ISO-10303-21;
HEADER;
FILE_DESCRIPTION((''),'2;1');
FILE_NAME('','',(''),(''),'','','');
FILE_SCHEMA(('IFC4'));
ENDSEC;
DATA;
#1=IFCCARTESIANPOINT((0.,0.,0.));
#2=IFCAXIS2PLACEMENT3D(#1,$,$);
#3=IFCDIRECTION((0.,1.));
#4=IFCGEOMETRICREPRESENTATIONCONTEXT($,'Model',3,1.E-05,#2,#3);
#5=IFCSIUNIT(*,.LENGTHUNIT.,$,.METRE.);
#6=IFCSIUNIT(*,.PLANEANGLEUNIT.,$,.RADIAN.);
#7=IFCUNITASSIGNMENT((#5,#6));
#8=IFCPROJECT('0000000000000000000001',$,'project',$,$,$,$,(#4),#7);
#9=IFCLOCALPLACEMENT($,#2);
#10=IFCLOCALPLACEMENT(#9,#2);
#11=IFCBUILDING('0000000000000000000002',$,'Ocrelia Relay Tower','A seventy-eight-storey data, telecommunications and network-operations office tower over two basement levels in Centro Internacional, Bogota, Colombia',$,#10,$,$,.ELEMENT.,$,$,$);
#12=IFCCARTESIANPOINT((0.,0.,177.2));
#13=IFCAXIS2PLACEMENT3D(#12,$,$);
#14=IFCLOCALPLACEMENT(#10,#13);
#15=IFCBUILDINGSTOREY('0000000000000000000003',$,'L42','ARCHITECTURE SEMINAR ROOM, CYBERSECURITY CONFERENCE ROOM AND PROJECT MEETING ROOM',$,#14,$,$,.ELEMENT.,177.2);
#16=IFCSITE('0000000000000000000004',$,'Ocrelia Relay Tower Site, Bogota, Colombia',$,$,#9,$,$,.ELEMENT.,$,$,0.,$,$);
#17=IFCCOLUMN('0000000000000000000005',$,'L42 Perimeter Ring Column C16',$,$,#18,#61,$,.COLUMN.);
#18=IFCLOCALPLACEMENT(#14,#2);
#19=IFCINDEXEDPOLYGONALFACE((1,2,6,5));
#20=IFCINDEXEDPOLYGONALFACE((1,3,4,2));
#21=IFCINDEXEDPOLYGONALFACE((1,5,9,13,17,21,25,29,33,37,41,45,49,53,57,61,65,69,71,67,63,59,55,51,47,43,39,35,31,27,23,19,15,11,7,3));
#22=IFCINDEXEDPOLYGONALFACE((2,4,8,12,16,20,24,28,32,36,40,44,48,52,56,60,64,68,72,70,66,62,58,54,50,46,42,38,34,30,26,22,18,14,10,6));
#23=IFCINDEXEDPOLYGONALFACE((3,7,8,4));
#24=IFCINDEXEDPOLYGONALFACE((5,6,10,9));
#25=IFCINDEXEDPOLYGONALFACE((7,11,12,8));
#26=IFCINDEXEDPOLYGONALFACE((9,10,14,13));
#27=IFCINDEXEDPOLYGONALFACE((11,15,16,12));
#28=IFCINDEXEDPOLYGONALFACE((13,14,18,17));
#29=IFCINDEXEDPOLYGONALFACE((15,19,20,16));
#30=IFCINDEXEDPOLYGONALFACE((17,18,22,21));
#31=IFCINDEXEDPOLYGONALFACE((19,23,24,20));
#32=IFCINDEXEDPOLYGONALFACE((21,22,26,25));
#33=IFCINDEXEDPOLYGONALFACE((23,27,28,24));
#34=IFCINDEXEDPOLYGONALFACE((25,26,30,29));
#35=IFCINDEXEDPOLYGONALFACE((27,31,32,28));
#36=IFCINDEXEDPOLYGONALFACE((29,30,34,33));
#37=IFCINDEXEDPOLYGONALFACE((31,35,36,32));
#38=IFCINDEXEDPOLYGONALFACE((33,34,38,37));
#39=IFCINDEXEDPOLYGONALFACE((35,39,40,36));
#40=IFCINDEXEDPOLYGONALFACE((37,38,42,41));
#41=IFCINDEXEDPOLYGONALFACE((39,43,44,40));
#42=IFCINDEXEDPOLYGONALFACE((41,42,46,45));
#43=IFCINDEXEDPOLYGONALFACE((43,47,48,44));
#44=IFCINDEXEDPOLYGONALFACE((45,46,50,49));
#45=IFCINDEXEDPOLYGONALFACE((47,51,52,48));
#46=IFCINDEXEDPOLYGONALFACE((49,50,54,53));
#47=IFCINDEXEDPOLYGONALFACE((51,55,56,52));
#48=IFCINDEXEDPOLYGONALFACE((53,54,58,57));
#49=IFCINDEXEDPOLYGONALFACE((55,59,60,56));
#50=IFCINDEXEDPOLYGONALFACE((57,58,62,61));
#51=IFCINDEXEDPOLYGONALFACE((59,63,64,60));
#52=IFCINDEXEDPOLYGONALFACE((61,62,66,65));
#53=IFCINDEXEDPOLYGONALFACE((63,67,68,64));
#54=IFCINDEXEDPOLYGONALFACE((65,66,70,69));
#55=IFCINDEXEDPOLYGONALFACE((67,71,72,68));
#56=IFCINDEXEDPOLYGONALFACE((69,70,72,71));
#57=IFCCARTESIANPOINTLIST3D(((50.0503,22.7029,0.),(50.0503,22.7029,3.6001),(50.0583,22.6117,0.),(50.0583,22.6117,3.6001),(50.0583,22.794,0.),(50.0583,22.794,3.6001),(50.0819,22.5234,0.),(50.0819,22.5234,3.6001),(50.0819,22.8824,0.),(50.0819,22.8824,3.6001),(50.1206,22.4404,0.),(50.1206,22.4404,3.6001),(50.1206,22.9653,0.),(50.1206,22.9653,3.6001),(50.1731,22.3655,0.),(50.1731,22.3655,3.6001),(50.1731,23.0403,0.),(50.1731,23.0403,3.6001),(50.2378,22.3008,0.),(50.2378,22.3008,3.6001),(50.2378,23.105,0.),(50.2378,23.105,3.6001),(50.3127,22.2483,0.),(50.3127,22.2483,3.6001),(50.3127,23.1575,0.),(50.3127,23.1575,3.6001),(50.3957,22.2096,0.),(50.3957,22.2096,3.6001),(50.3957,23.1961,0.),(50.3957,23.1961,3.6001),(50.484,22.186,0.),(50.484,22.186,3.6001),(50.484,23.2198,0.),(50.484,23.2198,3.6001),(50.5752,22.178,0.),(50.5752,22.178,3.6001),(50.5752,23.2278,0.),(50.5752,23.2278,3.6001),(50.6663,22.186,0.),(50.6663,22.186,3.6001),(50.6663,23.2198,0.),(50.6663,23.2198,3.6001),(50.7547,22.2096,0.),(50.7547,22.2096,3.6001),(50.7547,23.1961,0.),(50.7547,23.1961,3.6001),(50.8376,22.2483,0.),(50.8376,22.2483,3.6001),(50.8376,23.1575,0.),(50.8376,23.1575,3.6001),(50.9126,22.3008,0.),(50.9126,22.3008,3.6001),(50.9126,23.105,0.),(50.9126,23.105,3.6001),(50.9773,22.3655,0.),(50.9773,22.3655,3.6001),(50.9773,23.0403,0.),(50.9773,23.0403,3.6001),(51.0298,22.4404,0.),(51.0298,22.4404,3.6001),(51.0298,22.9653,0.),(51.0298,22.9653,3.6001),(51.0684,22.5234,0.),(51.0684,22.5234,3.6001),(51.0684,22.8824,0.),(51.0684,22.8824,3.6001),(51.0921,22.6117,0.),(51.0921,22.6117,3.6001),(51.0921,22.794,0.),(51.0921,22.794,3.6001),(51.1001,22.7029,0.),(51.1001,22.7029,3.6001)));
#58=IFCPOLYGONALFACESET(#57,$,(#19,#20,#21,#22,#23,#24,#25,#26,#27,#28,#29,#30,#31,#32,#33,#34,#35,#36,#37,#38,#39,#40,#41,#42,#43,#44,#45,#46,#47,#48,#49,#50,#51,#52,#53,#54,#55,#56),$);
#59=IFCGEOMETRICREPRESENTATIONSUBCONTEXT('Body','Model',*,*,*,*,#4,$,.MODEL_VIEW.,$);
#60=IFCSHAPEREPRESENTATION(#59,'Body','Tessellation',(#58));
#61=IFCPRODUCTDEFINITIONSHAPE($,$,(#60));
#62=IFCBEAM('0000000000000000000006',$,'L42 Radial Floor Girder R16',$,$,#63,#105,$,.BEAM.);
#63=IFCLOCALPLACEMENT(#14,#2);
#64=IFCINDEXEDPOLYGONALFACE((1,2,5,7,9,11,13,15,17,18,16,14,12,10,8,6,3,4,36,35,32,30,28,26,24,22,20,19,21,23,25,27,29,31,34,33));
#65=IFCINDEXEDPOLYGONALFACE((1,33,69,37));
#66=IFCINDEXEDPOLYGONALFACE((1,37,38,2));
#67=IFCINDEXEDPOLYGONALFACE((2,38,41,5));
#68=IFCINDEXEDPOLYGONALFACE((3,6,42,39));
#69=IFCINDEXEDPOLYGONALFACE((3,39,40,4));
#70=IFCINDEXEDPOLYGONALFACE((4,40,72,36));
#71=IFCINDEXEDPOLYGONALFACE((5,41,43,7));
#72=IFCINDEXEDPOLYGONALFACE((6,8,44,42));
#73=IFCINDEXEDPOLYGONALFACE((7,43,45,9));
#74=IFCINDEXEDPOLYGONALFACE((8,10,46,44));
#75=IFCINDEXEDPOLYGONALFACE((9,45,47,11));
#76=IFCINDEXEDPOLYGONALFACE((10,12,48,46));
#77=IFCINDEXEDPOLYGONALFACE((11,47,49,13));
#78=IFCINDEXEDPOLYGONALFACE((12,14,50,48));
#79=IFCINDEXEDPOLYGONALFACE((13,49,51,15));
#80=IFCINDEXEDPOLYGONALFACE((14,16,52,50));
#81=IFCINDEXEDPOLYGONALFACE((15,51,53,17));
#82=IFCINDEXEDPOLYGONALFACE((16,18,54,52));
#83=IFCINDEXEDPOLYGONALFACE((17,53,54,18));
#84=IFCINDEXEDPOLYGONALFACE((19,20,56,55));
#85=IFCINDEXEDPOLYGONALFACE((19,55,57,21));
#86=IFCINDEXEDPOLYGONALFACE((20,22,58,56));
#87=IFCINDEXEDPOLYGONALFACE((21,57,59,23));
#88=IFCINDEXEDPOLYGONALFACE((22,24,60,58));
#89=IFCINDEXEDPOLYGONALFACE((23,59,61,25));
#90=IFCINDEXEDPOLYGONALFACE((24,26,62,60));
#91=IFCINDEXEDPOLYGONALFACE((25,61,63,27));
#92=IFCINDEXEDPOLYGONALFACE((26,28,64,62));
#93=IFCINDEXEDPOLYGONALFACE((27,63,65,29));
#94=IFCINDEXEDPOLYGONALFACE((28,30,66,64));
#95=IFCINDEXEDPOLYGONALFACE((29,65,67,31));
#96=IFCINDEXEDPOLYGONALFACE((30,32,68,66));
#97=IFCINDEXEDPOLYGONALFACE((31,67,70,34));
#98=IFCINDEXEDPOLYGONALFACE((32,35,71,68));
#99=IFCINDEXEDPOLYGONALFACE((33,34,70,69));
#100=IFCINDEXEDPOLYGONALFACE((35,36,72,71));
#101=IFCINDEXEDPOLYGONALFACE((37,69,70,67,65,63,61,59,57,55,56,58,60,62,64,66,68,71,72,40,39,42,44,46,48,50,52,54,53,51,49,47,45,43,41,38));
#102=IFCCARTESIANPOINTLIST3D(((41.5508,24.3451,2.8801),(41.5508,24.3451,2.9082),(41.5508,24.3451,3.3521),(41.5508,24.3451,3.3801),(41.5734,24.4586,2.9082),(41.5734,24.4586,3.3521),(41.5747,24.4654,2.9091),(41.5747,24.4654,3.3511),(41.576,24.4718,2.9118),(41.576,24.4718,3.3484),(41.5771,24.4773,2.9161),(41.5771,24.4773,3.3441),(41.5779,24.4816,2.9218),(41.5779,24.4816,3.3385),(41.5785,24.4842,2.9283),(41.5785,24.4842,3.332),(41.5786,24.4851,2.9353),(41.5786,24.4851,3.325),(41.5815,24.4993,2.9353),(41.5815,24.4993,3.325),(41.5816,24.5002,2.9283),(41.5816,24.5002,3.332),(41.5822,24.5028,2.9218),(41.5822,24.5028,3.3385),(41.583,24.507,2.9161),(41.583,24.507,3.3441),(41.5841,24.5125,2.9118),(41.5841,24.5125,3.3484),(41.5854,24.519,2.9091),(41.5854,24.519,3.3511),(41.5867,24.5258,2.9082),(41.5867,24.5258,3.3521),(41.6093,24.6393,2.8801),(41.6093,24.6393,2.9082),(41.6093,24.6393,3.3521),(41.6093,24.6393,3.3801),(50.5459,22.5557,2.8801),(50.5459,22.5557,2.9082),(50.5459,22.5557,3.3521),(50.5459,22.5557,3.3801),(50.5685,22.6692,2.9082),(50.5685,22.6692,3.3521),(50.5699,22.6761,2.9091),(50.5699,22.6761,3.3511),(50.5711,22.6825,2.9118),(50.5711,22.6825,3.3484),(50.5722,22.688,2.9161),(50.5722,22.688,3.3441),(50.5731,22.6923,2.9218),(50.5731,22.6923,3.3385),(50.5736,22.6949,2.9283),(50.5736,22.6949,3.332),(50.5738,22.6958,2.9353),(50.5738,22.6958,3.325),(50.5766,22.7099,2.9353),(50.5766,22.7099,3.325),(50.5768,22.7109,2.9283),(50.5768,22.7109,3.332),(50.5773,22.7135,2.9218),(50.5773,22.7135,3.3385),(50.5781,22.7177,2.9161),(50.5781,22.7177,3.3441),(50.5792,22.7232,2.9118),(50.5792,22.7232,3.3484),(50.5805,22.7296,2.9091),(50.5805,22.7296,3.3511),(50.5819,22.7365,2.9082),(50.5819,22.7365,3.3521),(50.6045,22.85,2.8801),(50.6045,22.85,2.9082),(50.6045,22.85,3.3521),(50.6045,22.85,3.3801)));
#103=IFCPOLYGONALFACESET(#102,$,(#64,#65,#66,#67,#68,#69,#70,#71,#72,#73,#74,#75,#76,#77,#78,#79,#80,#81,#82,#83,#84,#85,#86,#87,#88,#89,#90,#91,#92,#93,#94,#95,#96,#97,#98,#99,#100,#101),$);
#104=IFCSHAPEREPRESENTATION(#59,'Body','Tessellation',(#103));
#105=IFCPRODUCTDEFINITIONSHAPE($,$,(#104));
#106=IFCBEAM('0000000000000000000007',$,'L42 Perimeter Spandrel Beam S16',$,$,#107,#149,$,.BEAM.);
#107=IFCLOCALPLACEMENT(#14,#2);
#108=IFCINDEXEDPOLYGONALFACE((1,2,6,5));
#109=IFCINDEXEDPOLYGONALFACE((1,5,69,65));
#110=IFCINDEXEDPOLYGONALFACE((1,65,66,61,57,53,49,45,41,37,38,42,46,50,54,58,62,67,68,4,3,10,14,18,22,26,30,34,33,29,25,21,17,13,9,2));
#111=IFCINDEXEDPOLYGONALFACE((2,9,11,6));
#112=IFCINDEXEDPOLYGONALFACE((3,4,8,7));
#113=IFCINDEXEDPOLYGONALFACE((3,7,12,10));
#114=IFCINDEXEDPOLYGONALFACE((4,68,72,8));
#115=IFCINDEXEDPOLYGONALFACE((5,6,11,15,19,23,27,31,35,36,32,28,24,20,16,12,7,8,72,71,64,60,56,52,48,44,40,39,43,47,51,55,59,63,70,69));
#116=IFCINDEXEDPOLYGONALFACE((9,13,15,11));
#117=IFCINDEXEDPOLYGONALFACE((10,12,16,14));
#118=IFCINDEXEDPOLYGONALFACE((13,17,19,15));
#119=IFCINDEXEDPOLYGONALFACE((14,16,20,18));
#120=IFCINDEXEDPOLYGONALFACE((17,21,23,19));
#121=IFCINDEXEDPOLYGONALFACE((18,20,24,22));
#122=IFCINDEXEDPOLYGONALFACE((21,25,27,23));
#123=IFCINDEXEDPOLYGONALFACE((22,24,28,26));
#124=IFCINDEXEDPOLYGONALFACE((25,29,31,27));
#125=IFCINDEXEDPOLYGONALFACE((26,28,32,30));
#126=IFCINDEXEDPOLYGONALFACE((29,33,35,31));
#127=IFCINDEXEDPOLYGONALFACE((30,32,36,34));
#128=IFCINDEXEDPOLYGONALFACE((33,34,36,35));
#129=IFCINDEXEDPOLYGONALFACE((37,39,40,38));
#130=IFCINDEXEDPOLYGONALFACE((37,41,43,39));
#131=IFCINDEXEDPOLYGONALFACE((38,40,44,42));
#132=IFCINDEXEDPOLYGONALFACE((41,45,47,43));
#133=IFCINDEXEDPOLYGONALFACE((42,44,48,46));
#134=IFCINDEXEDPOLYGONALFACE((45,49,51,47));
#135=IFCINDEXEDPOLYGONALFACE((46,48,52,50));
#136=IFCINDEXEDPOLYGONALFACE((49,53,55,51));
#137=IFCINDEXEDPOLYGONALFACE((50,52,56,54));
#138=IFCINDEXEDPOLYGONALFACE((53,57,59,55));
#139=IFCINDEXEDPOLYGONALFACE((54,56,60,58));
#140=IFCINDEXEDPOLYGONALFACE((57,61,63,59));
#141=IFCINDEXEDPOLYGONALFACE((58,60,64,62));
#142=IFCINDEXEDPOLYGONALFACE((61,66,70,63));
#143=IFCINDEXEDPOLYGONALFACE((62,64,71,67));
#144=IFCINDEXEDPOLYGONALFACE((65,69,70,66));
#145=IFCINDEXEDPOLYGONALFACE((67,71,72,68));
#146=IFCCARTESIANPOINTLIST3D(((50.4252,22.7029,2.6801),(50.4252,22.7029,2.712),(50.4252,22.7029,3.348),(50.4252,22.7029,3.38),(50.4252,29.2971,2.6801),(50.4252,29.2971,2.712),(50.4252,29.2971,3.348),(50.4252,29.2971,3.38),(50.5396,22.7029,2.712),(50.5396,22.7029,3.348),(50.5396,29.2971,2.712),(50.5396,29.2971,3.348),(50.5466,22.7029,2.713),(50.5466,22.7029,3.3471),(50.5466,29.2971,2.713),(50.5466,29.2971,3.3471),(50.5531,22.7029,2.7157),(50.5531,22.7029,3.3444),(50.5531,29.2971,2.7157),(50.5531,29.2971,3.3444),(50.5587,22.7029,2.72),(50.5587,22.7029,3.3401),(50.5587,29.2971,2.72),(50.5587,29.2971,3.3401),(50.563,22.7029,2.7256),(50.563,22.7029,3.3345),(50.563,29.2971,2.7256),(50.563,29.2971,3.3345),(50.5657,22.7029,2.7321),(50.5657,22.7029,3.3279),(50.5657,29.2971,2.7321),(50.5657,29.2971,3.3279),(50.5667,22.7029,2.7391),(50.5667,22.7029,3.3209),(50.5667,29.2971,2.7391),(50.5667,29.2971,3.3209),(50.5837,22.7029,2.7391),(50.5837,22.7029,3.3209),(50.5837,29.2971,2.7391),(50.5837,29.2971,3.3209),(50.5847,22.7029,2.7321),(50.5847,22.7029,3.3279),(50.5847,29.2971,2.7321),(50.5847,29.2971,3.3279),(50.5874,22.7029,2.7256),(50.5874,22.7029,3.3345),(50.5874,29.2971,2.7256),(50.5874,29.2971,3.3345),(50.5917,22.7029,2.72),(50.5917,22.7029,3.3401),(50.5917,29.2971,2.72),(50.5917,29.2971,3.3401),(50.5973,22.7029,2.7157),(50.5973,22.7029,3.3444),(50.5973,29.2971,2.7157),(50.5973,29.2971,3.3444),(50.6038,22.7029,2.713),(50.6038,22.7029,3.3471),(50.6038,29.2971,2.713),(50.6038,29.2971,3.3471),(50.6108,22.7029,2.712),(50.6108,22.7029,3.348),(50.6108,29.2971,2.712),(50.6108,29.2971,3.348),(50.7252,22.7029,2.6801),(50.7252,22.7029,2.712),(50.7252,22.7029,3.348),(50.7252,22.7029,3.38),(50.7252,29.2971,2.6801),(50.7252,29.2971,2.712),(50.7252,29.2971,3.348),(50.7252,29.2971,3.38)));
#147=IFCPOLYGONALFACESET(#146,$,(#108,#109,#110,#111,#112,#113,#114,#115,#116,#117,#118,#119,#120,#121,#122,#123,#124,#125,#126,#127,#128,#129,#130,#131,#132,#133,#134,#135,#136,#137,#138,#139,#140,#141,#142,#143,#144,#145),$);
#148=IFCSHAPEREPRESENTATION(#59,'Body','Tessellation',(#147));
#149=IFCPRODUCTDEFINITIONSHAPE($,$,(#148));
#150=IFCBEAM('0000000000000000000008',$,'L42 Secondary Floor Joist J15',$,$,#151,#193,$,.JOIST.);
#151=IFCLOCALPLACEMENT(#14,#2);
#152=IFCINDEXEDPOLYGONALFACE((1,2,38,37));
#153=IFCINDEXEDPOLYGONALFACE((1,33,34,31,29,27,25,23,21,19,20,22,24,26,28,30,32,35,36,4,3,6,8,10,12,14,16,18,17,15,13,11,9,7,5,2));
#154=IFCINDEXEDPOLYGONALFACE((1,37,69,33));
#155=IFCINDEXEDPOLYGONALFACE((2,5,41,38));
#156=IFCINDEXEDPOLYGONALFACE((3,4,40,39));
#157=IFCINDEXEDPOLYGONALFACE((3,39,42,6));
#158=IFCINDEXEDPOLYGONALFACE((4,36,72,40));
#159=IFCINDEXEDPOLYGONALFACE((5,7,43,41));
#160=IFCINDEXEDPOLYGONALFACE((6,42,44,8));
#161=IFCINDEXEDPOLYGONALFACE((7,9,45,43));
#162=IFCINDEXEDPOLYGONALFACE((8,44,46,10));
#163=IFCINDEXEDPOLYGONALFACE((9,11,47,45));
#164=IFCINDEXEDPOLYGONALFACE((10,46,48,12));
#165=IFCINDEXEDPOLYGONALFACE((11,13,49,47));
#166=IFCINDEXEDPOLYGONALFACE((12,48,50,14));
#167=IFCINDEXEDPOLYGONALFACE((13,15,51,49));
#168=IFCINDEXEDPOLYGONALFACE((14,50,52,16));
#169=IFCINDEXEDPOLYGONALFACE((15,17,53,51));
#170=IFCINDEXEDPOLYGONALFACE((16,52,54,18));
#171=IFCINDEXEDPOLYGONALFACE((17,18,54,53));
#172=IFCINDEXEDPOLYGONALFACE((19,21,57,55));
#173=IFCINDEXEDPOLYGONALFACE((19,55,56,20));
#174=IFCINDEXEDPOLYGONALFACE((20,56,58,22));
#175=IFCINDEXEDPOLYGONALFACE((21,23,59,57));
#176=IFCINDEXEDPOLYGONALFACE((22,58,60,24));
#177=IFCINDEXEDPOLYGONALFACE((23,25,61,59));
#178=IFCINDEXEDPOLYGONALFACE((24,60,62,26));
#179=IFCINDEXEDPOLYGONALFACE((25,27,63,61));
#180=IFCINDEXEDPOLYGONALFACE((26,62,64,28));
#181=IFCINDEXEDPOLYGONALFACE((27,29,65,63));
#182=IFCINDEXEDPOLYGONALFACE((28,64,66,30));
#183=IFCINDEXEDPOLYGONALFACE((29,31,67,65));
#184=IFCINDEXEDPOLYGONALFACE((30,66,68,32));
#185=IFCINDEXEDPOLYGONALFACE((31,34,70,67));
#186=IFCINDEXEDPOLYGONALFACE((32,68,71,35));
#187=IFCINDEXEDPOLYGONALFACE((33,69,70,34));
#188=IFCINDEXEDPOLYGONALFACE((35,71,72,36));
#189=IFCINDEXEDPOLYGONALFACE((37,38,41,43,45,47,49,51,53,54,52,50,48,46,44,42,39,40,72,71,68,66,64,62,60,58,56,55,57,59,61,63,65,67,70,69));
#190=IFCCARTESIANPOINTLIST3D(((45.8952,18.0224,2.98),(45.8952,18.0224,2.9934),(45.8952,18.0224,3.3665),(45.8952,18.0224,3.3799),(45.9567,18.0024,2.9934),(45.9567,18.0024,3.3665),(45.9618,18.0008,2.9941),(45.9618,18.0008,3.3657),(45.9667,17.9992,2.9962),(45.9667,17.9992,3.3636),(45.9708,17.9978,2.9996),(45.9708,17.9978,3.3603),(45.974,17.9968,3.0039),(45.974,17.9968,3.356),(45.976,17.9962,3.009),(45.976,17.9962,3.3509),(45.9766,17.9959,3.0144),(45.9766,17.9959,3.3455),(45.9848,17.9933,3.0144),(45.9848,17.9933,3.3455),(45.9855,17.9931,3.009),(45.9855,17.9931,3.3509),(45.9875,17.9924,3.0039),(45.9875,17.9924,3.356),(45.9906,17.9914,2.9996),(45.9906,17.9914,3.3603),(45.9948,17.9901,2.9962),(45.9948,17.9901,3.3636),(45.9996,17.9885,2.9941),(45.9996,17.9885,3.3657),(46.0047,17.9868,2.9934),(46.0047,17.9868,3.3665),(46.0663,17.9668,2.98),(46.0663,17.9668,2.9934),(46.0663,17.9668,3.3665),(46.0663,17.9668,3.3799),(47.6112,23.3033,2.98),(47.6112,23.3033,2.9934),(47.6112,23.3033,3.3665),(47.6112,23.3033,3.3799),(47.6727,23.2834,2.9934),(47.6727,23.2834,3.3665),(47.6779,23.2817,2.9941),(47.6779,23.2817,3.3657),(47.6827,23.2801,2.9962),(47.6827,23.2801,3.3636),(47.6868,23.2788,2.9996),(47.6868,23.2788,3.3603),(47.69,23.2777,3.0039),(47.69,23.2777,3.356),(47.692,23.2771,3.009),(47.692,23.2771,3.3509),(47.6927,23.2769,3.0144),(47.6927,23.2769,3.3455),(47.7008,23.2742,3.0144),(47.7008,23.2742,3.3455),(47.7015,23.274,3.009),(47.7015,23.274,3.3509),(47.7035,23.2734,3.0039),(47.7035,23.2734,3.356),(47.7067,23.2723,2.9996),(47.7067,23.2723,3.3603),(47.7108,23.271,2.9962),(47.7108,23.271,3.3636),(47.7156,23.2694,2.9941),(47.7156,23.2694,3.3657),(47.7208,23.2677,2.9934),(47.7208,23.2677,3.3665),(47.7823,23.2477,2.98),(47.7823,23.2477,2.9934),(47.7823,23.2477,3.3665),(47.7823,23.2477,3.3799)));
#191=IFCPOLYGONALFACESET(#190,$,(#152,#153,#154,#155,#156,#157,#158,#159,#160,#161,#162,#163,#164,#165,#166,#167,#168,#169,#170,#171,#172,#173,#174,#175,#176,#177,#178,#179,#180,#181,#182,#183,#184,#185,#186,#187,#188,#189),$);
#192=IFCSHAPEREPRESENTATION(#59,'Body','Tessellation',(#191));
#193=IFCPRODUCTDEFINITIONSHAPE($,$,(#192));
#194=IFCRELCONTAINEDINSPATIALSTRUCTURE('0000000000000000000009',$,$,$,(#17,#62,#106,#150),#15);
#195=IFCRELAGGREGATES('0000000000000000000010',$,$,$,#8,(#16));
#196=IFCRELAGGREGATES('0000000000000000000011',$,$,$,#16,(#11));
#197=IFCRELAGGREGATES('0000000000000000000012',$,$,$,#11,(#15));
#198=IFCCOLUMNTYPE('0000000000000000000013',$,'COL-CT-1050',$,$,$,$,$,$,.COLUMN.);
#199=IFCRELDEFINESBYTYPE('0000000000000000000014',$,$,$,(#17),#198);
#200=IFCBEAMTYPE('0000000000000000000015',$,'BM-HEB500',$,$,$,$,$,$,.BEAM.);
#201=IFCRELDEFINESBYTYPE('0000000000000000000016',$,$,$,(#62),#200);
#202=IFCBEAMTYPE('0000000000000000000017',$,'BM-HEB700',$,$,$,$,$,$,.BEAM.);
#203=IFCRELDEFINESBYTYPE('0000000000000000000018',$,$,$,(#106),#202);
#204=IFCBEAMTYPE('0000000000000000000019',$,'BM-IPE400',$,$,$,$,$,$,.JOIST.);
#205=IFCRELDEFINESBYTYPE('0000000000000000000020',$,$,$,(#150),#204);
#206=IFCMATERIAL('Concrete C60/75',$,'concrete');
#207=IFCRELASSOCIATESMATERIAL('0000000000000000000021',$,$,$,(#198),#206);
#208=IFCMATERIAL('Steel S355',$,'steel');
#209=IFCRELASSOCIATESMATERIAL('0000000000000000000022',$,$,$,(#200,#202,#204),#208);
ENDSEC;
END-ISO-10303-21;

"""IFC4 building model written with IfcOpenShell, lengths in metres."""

from ifc_helpers import new_model, si_unit, direction, frame, origin, origin_2d, place, context, subcontext, project, spatial, circle, i_section, extrude, material, material_profile, profile_set, type_object, element, save


model = new_model("IFC4")

# Units and contexts
model_context = context("Model", 3, precision=1e-05, world=origin(), true_north=direction((0.0, 1.0)))
body_context = subcontext(model_context, "Body", "Model", "MODEL_VIEW")
ifc_project = project(units=[si_unit("LENGTHUNIT", "METRE"), si_unit("PLANEANGLEUNIT", "RADIAN")], contexts=[model_context])

# Site, building, storey
site_placement = place(None, origin())
site = spatial("IfcSite", under=ifc_project, at=site_placement, Name="Ocrelia Relay Tower Site, Bogota, Colombia", CompositionType="ELEMENT", RefElevation=0.0)
building_placement = place(site_placement, origin())
building = spatial("IfcBuilding", under=site, at=building_placement, Name="Ocrelia Relay Tower", Description="A seventy-eight-storey data, telecommunications and network-operations office tower over two basement levels in Centro Internacional, Bogota, Colombia", CompositionType="ELEMENT")
storey_placement = place(building_placement, frame((0.0, 0.0, 177.2)))
storey = spatial("IfcBuildingStorey", under=building, at=storey_placement, Name="L42", Description="ARCHITECTURE SEMINAR ROOM, CYBERSECURITY CONFERENCE ROOM AND PROJECT MEETING ROOM", CompositionType="ELEMENT", Elevation=177.2)

# Column
ifc_material_1 = material(Name="Concrete C60/75", Category="concrete")
ifc_material_profile_1 = material_profile(ifc_material_1, circle(Radius=0.5249, at=origin_2d()), Name="RC-CIR-1050")
ifc_profile_set_1 = profile_set([ifc_material_profile_1], Name="Concrete C60/75")
column_type = type_object("IfcColumnType", Name="COL-CT-1050", PredefinedType="COLUMN", material=ifc_profile_set_1)
column_placement = place(storey_placement, frame((50.5752, 22.7029, 0.0), z_axis=(0.0, 0.0, 1.0), x_axis=(1.0, 0.0, 0.0)))
element("IfcColumn", 1, at=column_placement, inside=storey, type_object=column_type, Name="L42 Perimeter Ring Column C16", PredefinedType="COLUMN", context=body_context, shape_type="SweptSolid", body=[
    extrude(circle(Radius=0.5249, at=origin_2d()), origin(), (0.0, 0.0, 1.0), 3.6001),
])

# Beams
ifc_material_2 = material(Name="Steel S355", Category="steel")
ifc_material_profile_2 = material_profile(ifc_material_2, i_section(OverallWidth=0.3, OverallDepth=0.5, WebThickness=0.0144, FlangeThickness=0.0281, FilletRadius=0.0271, at=origin_2d()), Name="HEB 500")
ifc_profile_set_2 = profile_set([ifc_material_profile_2], Name="Steel S355")
beam_type_1 = type_object("IfcBeamType", Name="BM-HEB500", PredefinedType="BEAM", material=ifc_profile_set_2)
beam_1_placement = place(storey_placement, frame((50.5752, 22.7029, 3.1301), z_axis=(-0.980784, 0.195097, 0.0), x_axis=(-0.195097, -0.980784, 0.0)))
element("IfcBeam", 2, at=beam_1_placement, inside=storey, type_object=beam_type_1, Name="L42 Radial Floor Girder R16", PredefinedType="BEAM", context=body_context, shape_type="SweptSolid", body=[
    extrude(i_section(OverallWidth=0.3, OverallDepth=0.5, WebThickness=0.0144, FlangeThickness=0.0281, FilletRadius=0.0271, at=origin_2d()), origin(), (0.0, 0.0, 1.0), 9.1714),
])
ifc_material_profile_3 = material_profile(ifc_material_2, i_section(OverallWidth=0.3, OverallDepth=0.7, WebThickness=0.0171, FlangeThickness=0.032, FilletRadius=0.0271, at=origin_2d()), Name="HEB 700")
ifc_profile_set_3 = profile_set([ifc_material_profile_3], Name="Steel S355")
beam_type_2 = type_object("IfcBeamType", Name="BM-HEB700", PredefinedType="BEAM", material=ifc_profile_set_3)
beam_2_placement = place(storey_placement, frame((50.5752, 22.7029, 3.03), z_axis=(0.0, 1.0, 0.0), x_axis=(-1.0, 0.0, 0.0)))
element("IfcBeam", 3, at=beam_2_placement, inside=storey, type_object=beam_type_2, Name="L42 Perimeter Spandrel Beam S16", PredefinedType="BEAM", context=body_context, shape_type="SweptSolid", body=[
    extrude(i_section(OverallWidth=0.3, OverallDepth=0.7, WebThickness=0.0171, FlangeThickness=0.032, FilletRadius=0.0271, at=origin_2d()), origin(), (0.0, 0.0, 1.0), 6.5942),
])
ifc_material_profile_4 = material_profile(ifc_material_2, i_section(OverallWidth=0.1799, OverallDepth=0.3999, WebThickness=0.0085, FlangeThickness=0.0134, FilletRadius=0.021, at=origin_2d()), Name="IPE 400")
ifc_profile_set_4 = profile_set([ifc_material_profile_4], Name="Steel S355")
beam_type_3 = type_object("IfcBeamType", Name="BM-IPE400", PredefinedType="JOIST", material=ifc_profile_set_4)
beam_3_placement = place(storey_placement, frame((45.9807, 17.9946, 3.1799), z_axis=(0.309043, 0.951048, 0.0), x_axis=(-0.951048, 0.309043, 0.0)))
element("IfcBeam", 4, at=beam_3_placement, inside=storey, type_object=beam_type_3, Name="L42 Secondary Floor Joist J15", PredefinedType="JOIST", context=body_context, shape_type="SweptSolid", body=[
    extrude(i_section(OverallWidth=0.1799, OverallDepth=0.3999, WebThickness=0.0085, FlangeThickness=0.0134, FilletRadius=0.021, at=origin_2d()), origin(), (0.0, 0.0, 1.0), 5.5527),
])

save(model, "model.ifc")
